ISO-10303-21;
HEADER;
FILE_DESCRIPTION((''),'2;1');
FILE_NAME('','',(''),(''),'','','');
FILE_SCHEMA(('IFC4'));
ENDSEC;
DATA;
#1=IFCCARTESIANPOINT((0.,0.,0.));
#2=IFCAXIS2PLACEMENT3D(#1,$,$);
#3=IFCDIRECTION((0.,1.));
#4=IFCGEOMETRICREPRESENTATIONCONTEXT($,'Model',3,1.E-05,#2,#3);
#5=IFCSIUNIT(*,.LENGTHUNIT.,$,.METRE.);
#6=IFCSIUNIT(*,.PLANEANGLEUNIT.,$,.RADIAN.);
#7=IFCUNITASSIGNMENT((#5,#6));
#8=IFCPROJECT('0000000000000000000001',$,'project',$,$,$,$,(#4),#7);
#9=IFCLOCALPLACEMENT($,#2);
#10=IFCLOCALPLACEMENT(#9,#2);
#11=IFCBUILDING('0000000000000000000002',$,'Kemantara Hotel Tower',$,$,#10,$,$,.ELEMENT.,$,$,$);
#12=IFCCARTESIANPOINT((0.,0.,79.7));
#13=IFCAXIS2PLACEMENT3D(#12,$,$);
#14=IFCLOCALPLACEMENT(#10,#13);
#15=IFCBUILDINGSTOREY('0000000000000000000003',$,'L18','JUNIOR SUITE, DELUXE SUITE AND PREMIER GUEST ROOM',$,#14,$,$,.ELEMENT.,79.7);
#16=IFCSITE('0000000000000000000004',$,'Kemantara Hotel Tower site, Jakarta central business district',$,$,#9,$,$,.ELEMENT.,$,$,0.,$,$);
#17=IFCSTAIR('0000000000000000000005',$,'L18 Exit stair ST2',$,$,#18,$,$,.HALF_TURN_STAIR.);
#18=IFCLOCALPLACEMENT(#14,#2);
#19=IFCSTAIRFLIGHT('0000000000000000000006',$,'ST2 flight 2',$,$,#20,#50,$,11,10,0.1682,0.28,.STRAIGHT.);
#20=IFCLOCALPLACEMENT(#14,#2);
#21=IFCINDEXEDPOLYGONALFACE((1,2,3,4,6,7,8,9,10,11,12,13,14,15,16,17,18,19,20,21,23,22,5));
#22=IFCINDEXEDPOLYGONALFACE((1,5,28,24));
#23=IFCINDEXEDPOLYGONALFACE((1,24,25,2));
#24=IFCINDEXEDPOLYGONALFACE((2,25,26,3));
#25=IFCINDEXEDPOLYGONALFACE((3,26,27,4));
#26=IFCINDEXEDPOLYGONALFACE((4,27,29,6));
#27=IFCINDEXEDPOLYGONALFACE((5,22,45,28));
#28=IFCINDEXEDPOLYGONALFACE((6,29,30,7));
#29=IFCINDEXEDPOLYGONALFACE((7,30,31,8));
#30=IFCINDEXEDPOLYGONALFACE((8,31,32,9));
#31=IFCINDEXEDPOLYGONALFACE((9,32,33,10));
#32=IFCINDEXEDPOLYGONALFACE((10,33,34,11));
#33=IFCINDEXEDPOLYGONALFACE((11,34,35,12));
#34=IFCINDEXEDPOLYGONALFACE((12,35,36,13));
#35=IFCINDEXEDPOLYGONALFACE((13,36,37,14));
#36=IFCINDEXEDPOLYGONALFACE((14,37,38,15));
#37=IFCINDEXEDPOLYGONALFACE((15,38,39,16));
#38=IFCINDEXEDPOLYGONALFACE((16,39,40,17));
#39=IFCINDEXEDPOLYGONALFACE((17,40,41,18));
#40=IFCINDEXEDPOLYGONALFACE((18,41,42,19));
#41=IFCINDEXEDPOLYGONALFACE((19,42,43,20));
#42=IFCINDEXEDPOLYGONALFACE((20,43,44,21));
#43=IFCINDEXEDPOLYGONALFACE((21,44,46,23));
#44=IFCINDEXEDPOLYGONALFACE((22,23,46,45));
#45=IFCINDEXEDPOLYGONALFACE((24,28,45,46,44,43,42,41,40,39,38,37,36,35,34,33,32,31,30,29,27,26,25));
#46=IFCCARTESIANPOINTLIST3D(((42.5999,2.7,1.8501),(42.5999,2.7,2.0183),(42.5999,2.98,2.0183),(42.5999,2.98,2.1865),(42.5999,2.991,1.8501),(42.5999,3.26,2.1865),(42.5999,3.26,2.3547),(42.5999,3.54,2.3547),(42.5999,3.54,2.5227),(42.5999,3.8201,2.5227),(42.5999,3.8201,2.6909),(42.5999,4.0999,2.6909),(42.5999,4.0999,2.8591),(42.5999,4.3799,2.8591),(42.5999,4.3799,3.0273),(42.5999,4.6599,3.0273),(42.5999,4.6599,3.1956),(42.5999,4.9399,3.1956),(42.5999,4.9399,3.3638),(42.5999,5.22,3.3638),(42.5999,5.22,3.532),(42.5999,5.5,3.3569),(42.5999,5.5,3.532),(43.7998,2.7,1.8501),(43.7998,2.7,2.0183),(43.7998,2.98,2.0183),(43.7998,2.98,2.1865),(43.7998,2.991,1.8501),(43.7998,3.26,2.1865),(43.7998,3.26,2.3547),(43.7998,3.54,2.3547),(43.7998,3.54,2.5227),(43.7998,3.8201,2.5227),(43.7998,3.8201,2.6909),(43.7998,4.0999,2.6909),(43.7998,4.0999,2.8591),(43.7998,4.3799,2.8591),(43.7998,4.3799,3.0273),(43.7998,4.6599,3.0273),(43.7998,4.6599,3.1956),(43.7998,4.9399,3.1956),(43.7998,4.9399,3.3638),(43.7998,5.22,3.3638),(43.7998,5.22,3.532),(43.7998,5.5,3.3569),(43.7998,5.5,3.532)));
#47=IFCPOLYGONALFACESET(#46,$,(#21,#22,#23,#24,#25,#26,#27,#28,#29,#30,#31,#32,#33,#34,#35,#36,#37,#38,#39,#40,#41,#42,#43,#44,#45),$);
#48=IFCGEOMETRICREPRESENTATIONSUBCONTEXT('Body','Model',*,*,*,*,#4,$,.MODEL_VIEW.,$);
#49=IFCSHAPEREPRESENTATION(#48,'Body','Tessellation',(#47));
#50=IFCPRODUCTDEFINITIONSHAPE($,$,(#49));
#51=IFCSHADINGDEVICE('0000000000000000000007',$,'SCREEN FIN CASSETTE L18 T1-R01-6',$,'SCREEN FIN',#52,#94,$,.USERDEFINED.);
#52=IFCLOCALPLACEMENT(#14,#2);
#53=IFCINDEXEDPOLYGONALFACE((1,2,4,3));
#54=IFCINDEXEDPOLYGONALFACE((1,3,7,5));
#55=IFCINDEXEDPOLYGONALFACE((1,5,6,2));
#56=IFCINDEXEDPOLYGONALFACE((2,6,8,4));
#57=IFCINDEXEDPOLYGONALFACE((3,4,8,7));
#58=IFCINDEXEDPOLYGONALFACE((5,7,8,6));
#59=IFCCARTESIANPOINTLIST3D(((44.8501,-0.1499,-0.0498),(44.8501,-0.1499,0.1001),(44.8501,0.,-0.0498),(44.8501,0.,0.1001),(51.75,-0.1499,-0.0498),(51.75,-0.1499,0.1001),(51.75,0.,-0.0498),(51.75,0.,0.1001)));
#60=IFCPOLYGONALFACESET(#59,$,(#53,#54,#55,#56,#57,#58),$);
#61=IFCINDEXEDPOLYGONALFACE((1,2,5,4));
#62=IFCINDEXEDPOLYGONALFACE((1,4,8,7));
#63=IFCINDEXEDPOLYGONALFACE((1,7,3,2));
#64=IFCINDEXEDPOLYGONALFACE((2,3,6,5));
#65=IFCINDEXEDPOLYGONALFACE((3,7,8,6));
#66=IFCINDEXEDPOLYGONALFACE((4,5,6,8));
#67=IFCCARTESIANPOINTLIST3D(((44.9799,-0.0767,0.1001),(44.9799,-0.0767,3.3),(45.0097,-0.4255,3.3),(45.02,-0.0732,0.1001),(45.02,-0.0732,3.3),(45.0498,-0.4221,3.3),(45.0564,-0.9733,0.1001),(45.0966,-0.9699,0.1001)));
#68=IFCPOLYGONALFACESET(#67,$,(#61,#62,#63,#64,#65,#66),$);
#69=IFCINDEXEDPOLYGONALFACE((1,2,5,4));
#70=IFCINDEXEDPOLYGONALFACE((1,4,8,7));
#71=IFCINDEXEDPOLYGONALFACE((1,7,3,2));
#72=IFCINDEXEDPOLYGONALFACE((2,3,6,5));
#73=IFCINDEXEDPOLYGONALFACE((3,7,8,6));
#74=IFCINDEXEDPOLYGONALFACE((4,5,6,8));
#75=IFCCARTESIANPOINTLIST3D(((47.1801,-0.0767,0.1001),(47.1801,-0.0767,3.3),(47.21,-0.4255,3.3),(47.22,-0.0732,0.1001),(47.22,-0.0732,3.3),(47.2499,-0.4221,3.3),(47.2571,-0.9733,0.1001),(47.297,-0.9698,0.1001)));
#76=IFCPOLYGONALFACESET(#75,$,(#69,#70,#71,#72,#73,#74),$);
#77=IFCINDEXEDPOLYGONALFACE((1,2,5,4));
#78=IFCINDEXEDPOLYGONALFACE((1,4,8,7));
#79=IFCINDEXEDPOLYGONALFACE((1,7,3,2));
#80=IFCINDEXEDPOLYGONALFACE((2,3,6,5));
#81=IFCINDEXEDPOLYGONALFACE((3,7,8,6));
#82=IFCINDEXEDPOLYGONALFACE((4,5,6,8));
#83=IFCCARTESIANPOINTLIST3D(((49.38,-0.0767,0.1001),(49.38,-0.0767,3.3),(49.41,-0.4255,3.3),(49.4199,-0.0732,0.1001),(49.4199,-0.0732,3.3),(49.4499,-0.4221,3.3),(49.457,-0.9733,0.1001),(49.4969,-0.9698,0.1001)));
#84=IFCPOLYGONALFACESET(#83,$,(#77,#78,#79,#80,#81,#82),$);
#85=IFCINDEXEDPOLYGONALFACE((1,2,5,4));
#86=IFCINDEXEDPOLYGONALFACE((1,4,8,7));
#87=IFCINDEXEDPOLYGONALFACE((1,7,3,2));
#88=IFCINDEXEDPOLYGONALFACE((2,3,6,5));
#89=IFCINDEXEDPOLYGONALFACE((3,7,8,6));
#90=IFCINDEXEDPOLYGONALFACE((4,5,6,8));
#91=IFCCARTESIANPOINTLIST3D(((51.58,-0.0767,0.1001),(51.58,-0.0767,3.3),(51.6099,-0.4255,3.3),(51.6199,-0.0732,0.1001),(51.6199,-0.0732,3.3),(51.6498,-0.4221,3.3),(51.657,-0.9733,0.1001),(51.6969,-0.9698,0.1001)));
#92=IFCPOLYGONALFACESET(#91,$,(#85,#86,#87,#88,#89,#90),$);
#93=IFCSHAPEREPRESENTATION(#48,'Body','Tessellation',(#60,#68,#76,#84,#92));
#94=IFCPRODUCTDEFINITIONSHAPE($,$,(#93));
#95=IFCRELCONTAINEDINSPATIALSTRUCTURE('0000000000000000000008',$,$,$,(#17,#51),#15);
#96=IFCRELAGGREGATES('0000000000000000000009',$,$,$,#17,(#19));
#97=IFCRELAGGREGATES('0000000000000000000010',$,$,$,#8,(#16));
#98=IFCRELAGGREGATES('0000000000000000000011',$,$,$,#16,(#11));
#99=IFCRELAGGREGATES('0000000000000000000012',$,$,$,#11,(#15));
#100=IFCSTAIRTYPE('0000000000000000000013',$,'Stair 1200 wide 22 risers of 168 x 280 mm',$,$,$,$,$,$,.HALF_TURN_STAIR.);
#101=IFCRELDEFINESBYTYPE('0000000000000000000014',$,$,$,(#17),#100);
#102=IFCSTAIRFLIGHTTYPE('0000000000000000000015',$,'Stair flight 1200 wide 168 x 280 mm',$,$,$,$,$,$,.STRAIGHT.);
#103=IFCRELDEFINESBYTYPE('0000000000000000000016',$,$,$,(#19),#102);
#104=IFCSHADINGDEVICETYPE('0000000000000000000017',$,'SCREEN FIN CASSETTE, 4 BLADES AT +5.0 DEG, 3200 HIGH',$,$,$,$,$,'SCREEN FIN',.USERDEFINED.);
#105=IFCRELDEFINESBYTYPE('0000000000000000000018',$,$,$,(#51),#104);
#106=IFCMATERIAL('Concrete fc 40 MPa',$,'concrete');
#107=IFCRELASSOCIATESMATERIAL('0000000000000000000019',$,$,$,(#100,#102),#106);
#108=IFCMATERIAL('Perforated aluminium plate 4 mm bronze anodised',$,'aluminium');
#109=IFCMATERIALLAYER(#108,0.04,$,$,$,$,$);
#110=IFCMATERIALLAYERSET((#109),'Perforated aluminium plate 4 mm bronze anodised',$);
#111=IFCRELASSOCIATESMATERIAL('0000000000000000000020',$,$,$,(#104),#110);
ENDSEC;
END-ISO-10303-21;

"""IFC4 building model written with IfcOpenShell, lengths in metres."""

from ifc_helpers import new_model, si_unit, direction, frame, origin, origin_2d, place, context, subcontext, project, spatial, polyline, rectangle, outline, extrude, source, transform, mapped, material, layer, layer_set, type_object, element, aggregate, save


model = new_model("IFC4")

# Units and contexts
model_context = context("Model", 3, precision=1e-05, world=origin(), true_north=direction((0.0, 1.0)))
body_context = subcontext(model_context, "Body", "Model", "MODEL_VIEW")
ifc_project = project(units=[si_unit("LENGTHUNIT", "METRE"), si_unit("PLANEANGLEUNIT", "RADIAN")], contexts=[model_context])

# Site, building, storey
site_placement = place(None, origin())
site = spatial("IfcSite", under=ifc_project, at=site_placement, Name="Kemantara Hotel Tower site, Jakarta central business district", CompositionType="ELEMENT", RefElevation=0.0)
building_placement = place(site_placement, origin())
building = spatial("IfcBuilding", under=site, at=building_placement, Name="Kemantara Hotel Tower", CompositionType="ELEMENT")
storey_placement = place(building_placement, frame((0.0, 0.0, 79.7)))
storey = spatial("IfcBuildingStorey", under=building, at=storey_placement, Name="L18", Description="JUNIOR SUITE, DELUXE SUITE AND PREMIER GUEST ROOM", CompositionType="ELEMENT", Elevation=79.7)

# Stair, stair flight
ifc_material_1 = material(Name="Concrete fc 40 MPa", Category="concrete")
stair_type = type_object("IfcStairType", Name="Stair 1200 wide 22 risers of 168 x 280 mm", PredefinedType="HALF_TURN_STAIR", material=ifc_material_1)
stair_placement = place(storey_placement, origin())
stair = element("IfcStair", 1, at=stair_placement, inside=storey, type_object=stair_type, Name="L18 Exit stair ST2", PredefinedType="HALF_TURN_STAIR")
stair_flight_type = type_object("IfcStairFlightType", Name="Stair flight 1200 wide 168 x 280 mm", PredefinedType="STRAIGHT", material=ifc_material_1)
stair_flight_placement = place(storey_placement, frame((43.2, 2.7, 1.8501), z_axis=(0.0, 0.0, 1.0), x_axis=(0.0, 1.0, 0.0)))
stair_flight = element("IfcStairFlight", 2, at=stair_flight_placement, type_object=stair_flight_type, Name="ST2 flight 2", NumberOfRisers=11, NumberOfTreads=10, PredefinedType="STRAIGHT", RiserHeight=0.1682, TreadLength=0.28, context=body_context, shape_type="SweptSolid", body=[
    extrude(outline(polyline([(0.0, 0.0), (0.0, 0.1682), (0.28, 0.1682), (0.28, 0.3364), (0.5601, 0.3364), (0.5601, 0.5046), (0.8401, 0.5046), (0.8401, 0.6726), (1.1201, 0.6726), (1.1201, 0.8408), (1.3999, 0.8408), (1.3999, 1.009), (1.6799, 1.009), (1.6799, 1.1772), (1.96, 1.1772), (1.96, 1.3455), (2.24, 1.3455), (2.24, 1.5137), (2.52, 1.5137), (2.52, 1.6819), (2.8, 1.6819), (2.8, 1.8501), (2.8, 1.5068), (0.291, 0.0), (0.0, 0.0)])), frame((0.0, 0.6001, 0.0), z_axis=(0.0, -1.0, 0.0), x_axis=(1.0, 0.0, 0.0)), (0.0, 0.0, 1.0), 1.2),
])
aggregate(stair, [stair_flight])

# Shading device
ifc_material_2 = material(Name="Perforated aluminium plate 4 mm bronze anodised", Category="aluminium")
ifc_layer_1 = layer(ifc_material_2, 0.04)
ifc_layer_set_1 = layer_set([ifc_layer_1], Name="Perforated aluminium plate 4 mm bronze anodised")
shading_device_type = type_object("IfcShadingDeviceType", Name="SCREEN FIN CASSETTE, 4 BLADES AT +5.0 DEG, 3200 HIGH", ElementType="SCREEN FIN", PredefinedType="USERDEFINED", material=ifc_layer_set_1)
shared_shape = source(origin(), body_context, "Body", "SweptSolid", [
    extrude(rectangle(XDim=6.8999, YDim=0.1499, at=origin_2d()), frame((3.3, -0.075, -0.1499), z_axis=(0.0, 0.0, 1.0), x_axis=(1.0, 0.0, 0.0)), (0.0, 0.0, 1.0), 0.1499),
    extrude(outline(polyline([(0.0, 0.0), (0.8999, 0.0), (0.3501, 3.2), (0.0, 3.2), (0.0, 0.0)])), frame((0.02, -0.0732, 0.0), z_axis=(-0.996376, -0.085056, 0.0), x_axis=(0.085056, -0.996376, 0.0)), (0.0, 0.0, 1.0), 0.0403),
    extrude(outline(polyline([(0.0, 0.0), (0.8999, 0.0), (0.3501, 3.2), (0.0, 3.2), (0.0, 0.0)])), frame((2.22, -0.0732, 0.0), z_axis=(-0.996332, -0.085575, 0.0), x_axis=(0.085575, -0.996332, 0.0)), (0.0, 0.0, 1.0), 0.04),
    extrude(outline(polyline([(0.0, 0.0), (0.8999, 0.0), (0.3501, 3.2), (0.0, 3.2), (0.0, 0.0)])), frame((4.4199, -0.0732, 0.0), z_axis=(-0.996332, -0.085575, 0.0), x_axis=(0.085575, -0.996332, 0.0)), (0.0, 0.0, 1.0), 0.04),
    extrude(outline(polyline([(0.0, 0.0), (0.8999, 0.0), (0.3501, 3.2), (0.0, 3.2), (0.0, 0.0)])), frame((6.6199, -0.0732, 0.0), z_axis=(-0.996332, -0.085575, 0.0), x_axis=(0.085575, -0.996332, 0.0)), (0.0, 0.0, 1.0), 0.04),
])
shading_device_placement = place(storey_placement, frame((45.0, 0.0, 0.1001), z_axis=(0.0, 0.0, 1.0), x_axis=(1.0, 0.0, 0.0)))
element("IfcShadingDevice", 3, at=shading_device_placement, inside=storey, type_object=shading_device_type, Name="SCREEN FIN CASSETTE L18 T1-R01-6", ObjectType="SCREEN FIN", PredefinedType="USERDEFINED", context=body_context, shape_type="MappedRepresentation", body=[
    mapped(shared_shape, transform((0.0, 0.0, 0.0))),
])

save(model, "model.ifc")
